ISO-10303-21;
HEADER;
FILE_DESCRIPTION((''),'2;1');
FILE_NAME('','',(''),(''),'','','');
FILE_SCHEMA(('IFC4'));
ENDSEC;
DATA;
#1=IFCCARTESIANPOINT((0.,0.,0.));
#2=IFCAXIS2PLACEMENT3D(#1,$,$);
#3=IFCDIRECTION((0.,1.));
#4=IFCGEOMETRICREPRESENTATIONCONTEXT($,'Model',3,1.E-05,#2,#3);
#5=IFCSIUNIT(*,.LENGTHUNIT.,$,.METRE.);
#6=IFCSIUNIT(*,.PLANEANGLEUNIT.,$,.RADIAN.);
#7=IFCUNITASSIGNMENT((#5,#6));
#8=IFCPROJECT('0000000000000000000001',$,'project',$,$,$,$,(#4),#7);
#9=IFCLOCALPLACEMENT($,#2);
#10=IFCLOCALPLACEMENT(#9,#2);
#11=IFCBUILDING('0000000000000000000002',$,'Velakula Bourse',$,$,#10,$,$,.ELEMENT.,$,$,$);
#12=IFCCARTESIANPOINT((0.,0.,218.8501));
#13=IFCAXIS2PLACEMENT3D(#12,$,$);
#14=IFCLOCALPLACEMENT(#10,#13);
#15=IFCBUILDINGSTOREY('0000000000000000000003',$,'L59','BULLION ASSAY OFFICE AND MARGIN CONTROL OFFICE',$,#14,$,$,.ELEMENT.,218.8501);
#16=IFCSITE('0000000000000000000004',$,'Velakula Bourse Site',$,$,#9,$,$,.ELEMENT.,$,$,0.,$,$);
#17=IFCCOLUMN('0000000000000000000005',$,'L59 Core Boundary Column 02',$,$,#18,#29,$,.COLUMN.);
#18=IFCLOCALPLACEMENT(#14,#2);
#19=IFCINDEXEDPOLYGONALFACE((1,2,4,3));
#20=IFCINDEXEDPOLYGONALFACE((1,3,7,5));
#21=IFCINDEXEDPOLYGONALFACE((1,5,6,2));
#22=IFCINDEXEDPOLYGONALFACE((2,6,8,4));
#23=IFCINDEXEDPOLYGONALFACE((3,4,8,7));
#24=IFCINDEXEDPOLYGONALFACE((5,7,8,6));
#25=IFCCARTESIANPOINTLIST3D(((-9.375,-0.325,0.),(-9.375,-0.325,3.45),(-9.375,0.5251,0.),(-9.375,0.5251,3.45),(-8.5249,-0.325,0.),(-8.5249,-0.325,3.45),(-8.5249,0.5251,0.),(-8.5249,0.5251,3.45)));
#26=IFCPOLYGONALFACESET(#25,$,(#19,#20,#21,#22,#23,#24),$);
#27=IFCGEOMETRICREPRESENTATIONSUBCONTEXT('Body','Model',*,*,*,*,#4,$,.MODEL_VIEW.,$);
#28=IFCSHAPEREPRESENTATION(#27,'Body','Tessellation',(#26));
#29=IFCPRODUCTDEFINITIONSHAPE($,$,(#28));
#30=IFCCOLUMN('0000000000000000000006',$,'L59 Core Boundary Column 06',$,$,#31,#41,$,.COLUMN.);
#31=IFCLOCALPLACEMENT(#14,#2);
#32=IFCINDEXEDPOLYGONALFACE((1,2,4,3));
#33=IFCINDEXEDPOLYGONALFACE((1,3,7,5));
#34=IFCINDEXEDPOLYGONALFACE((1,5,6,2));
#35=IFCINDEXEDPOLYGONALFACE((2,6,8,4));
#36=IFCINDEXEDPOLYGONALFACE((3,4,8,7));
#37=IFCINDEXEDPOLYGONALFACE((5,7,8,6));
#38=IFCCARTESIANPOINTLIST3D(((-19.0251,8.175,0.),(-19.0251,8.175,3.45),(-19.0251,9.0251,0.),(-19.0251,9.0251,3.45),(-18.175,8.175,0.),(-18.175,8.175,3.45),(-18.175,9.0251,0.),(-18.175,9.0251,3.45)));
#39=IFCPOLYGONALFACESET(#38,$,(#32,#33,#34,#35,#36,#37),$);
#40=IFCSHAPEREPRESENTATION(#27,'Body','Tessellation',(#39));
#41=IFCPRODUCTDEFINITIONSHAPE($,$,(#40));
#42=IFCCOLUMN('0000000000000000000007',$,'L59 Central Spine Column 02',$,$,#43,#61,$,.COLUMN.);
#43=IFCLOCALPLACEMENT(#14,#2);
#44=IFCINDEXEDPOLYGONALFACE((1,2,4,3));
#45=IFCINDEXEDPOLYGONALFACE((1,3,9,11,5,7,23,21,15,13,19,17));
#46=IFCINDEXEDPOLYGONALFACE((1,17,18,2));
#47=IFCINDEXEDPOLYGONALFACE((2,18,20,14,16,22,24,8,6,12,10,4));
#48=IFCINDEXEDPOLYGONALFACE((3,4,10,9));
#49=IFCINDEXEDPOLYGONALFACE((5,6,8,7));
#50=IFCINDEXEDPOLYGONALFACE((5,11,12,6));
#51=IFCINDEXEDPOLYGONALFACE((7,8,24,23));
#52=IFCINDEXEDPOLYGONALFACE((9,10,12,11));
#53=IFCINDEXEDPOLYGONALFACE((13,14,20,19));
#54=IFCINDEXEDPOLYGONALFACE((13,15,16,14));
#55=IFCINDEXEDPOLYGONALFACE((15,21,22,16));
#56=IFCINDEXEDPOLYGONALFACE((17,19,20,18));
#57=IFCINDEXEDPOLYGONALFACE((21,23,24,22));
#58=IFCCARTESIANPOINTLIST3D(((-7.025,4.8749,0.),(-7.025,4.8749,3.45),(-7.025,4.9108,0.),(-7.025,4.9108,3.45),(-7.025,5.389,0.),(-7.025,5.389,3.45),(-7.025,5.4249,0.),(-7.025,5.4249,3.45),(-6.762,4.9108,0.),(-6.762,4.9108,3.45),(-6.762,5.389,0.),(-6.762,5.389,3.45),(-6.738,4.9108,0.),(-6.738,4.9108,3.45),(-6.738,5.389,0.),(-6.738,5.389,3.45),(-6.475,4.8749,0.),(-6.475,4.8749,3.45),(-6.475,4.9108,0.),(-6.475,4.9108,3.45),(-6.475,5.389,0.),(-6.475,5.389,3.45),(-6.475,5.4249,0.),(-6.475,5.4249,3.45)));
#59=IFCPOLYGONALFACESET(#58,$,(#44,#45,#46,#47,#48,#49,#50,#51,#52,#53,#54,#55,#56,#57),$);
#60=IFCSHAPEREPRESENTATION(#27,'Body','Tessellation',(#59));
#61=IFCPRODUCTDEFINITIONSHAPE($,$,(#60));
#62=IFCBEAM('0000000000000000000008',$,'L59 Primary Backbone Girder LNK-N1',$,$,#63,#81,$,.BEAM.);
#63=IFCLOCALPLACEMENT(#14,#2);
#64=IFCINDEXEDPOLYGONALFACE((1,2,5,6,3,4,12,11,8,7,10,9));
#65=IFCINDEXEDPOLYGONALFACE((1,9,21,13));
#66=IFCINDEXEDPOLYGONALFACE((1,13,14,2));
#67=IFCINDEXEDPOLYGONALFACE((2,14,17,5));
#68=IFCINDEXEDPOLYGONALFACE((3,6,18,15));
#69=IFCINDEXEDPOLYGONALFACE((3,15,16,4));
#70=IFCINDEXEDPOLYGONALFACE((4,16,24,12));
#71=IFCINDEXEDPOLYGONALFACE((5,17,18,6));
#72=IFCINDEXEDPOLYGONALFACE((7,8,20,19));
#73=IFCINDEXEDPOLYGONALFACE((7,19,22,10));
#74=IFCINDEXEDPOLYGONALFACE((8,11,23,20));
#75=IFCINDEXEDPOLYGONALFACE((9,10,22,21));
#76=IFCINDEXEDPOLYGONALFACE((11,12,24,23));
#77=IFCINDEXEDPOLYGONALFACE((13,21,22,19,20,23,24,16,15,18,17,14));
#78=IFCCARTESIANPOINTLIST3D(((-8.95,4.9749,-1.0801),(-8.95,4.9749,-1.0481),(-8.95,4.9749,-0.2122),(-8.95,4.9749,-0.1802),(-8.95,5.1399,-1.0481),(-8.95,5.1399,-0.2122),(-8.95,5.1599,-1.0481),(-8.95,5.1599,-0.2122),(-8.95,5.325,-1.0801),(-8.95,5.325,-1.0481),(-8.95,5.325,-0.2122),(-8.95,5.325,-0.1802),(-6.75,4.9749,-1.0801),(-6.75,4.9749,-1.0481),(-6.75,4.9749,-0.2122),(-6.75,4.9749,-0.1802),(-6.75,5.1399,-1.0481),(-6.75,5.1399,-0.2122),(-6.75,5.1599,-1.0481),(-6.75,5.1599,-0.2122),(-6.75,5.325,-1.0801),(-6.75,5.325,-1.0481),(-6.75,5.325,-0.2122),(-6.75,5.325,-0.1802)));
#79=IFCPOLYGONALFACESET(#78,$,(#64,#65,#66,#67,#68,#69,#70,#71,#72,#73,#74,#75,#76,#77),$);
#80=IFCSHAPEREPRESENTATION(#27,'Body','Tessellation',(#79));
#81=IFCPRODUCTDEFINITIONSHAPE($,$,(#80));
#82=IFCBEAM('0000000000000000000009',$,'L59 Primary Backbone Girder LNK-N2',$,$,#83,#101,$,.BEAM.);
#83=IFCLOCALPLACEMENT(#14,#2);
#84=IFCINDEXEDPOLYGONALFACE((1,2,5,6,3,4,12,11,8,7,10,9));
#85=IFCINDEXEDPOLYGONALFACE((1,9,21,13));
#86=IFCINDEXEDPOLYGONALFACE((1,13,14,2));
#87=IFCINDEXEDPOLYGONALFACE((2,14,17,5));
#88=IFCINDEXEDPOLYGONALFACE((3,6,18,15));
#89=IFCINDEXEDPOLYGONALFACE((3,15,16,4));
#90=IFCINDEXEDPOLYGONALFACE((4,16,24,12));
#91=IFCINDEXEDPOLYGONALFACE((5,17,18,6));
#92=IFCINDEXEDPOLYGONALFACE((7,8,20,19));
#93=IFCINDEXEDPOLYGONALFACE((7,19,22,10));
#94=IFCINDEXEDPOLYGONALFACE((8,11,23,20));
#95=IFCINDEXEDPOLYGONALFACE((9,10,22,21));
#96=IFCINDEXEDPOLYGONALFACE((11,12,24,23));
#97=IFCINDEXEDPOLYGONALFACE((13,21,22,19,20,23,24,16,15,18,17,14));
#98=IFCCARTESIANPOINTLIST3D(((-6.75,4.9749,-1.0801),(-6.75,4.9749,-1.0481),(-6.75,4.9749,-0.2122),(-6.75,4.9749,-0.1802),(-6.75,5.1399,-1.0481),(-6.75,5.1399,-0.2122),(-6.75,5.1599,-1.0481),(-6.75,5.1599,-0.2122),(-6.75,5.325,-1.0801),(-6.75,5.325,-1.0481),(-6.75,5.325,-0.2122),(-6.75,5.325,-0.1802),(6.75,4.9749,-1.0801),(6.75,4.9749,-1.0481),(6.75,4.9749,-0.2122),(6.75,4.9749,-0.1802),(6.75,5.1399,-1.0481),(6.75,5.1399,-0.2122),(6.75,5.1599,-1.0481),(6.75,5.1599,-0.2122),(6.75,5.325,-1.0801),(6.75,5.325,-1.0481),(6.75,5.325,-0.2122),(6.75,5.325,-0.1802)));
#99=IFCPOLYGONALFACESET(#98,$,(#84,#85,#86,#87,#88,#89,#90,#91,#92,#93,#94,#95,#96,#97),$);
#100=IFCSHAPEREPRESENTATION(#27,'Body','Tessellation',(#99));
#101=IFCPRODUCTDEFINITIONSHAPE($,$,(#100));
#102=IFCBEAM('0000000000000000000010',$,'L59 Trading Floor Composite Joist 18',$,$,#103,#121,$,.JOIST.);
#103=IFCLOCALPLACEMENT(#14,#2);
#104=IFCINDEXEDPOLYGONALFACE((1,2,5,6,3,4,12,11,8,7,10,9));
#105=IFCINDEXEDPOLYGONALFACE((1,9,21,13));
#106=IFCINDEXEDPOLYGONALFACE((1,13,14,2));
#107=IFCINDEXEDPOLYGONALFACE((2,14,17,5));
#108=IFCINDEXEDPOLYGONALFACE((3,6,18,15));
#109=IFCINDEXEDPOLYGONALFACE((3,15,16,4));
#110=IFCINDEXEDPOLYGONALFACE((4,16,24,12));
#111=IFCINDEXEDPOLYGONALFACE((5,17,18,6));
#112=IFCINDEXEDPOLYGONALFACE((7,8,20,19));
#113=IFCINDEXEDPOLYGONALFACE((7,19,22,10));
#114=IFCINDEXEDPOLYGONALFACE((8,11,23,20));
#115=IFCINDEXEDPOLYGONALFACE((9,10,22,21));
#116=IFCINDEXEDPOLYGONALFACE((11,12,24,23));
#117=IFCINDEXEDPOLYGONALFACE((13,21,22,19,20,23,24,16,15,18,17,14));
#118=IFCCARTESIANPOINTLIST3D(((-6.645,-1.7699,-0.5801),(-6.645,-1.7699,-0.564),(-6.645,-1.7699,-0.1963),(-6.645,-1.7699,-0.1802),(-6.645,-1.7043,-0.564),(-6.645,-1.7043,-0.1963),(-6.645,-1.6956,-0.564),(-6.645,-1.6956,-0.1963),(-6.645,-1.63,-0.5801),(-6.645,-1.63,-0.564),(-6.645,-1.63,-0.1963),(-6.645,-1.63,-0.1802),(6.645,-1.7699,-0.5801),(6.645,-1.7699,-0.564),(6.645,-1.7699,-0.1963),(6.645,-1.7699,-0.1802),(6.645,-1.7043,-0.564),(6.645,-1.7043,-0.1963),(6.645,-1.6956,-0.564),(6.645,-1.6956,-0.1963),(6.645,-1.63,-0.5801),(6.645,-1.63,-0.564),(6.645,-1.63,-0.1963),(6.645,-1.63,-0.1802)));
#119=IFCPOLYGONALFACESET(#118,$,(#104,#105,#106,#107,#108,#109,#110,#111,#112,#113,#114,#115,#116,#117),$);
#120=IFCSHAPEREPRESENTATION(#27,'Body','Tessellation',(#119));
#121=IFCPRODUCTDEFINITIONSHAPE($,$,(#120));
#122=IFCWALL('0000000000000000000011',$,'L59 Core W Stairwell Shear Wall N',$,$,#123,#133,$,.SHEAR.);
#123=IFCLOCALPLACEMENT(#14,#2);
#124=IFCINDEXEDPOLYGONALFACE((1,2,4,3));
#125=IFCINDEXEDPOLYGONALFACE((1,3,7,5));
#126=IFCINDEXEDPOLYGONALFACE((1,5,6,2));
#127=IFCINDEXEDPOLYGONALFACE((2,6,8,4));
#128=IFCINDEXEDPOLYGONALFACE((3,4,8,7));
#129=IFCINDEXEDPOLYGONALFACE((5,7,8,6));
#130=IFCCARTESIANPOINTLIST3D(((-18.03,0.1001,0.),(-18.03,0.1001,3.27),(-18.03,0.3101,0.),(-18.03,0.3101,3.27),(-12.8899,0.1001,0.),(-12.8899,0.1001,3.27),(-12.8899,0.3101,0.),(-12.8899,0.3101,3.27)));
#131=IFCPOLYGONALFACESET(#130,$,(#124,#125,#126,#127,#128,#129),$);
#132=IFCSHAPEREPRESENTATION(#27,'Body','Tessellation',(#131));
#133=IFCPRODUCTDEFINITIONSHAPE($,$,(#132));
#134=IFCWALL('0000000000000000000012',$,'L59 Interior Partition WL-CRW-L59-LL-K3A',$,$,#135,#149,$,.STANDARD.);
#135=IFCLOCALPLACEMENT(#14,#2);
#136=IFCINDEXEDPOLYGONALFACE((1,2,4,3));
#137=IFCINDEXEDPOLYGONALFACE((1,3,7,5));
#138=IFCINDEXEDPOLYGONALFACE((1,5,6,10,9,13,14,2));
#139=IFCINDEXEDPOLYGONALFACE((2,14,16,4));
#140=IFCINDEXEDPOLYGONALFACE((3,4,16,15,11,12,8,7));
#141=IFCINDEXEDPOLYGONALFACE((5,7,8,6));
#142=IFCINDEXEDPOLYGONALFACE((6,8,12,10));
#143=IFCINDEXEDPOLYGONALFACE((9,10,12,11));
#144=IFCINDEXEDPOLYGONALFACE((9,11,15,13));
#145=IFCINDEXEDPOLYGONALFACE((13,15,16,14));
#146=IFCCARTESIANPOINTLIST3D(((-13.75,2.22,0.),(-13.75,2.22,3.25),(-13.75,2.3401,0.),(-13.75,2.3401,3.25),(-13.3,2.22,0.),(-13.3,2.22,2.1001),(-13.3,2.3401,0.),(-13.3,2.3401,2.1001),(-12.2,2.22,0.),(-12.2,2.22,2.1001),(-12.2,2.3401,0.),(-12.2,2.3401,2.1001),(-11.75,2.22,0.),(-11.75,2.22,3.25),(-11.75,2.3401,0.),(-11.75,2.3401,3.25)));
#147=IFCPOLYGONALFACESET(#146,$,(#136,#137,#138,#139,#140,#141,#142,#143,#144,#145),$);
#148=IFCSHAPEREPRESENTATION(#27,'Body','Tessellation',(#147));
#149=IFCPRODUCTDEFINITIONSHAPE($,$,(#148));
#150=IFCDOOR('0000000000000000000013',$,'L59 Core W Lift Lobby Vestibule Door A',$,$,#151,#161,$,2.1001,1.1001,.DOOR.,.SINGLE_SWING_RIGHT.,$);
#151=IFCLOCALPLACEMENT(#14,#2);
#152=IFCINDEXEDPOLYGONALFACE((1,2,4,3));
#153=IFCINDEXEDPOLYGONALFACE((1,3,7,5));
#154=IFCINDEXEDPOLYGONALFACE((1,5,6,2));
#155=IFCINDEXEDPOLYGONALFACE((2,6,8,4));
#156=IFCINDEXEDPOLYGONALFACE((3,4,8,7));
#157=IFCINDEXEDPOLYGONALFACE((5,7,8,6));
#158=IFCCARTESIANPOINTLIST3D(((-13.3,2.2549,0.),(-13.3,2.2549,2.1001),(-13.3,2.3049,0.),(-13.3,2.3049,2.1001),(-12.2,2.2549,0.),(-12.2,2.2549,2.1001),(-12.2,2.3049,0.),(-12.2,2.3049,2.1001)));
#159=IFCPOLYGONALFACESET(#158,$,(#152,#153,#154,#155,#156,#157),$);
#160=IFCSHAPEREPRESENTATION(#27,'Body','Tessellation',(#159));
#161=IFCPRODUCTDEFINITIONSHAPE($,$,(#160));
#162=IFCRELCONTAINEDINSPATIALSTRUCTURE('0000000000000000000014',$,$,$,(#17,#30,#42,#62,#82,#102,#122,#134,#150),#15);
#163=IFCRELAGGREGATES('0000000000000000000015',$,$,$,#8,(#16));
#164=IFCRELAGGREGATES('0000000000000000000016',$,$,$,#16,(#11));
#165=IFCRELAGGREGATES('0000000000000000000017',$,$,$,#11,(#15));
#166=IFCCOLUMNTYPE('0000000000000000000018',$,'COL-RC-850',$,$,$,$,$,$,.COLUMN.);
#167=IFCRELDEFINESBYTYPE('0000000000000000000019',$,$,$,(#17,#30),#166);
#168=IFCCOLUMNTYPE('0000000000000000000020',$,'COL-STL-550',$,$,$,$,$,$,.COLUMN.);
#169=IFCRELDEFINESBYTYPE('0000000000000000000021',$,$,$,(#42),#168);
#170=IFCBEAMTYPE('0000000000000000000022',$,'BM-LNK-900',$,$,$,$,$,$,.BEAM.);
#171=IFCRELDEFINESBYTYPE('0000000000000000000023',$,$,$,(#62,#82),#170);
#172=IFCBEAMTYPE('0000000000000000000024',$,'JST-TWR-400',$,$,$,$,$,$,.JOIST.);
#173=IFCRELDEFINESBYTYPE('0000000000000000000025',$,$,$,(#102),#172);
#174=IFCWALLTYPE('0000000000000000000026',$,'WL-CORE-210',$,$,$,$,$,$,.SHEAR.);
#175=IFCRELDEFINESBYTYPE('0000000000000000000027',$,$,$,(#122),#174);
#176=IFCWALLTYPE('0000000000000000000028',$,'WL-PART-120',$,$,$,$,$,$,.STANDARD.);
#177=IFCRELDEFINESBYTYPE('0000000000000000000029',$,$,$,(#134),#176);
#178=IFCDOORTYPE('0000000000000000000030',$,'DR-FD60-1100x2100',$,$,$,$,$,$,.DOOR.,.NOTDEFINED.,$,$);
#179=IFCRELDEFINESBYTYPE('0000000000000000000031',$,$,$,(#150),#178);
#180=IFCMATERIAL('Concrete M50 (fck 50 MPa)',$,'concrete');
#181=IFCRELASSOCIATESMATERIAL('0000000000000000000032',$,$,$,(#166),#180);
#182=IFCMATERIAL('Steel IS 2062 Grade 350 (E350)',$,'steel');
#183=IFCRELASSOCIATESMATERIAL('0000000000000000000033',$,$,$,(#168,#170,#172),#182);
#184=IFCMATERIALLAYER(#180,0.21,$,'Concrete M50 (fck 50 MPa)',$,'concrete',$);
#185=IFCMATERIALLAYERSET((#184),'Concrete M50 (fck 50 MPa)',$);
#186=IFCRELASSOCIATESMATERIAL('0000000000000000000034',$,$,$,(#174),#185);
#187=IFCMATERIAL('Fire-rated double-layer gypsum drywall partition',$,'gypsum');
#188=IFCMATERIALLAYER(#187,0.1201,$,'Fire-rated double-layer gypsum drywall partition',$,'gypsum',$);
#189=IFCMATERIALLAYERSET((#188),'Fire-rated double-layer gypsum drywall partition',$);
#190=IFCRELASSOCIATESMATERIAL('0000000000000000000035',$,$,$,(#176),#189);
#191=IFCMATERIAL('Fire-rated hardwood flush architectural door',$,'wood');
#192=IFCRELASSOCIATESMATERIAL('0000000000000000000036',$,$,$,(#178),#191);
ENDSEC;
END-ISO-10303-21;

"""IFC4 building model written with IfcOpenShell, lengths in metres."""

from ifc_helpers import new_model, si_unit, direction, frame, frame_2d, origin, origin_2d, place, context, subcontext, project, spatial, rectangle, i_section, extrude, material, layer, layer_set, material_profile, profile_set, type_object, element, fill, save


model = new_model("IFC4")

# Units and contexts
model_context = context("Model", 3, precision=1e-05, world=origin(), true_north=direction((0.0, 1.0)))
body_context = subcontext(model_context, "Body", "Model", "MODEL_VIEW")
ifc_project = project(units=[si_unit("LENGTHUNIT", "METRE"), si_unit("PLANEANGLEUNIT", "RADIAN")], contexts=[model_context])

# Site, building, storey
site_placement = place(None, origin())
site = spatial("IfcSite", under=ifc_project, at=site_placement, Name="Velakula Bourse Site", CompositionType="ELEMENT", RefElevation=0.0)
building_placement = place(site_placement, origin())
building = spatial("IfcBuilding", under=site, at=building_placement, Name="Velakula Bourse", CompositionType="ELEMENT")
storey_placement = place(building_placement, frame((0.0, 0.0, 218.8501)))
storey = spatial("IfcBuildingStorey", under=building, at=storey_placement, Name="L59", Description="BULLION ASSAY OFFICE AND MARGIN CONTROL OFFICE", CompositionType="ELEMENT", Elevation=218.8501)

# Columns
ifc_material_1 = material(Name="Concrete M50 (fck 50 MPa)", Category="concrete")
ifc_material_profile_1 = material_profile(ifc_material_1, rectangle(XDim=0.8501, YDim=0.8501, at=origin_2d()), Name="Concrete M50 (fck 50 MPa)")
ifc_profile_set_1 = profile_set([ifc_material_profile_1], Name="Concrete M50 (fck 50 MPa)")
column_type_1 = type_object("IfcColumnType", Name="COL-RC-850", PredefinedType="COLUMN", material=ifc_profile_set_1)
for number, where, z_axis, x_axis, name in (
    (1, (-8.95, 0.1001, 0.0), (0.0, 0.0, 1.0), (1.0, 0.0, 0.0), "L59 Core Boundary Column 02"),
    (2, (-18.6001, 8.6001, 0.0), (0.0, 0.0, 1.0), (1.0, 0.0, 0.0), "L59 Core Boundary Column 06"),
):
    element("IfcColumn", number, at=place(storey_placement, frame(where, z_axis=z_axis, x_axis=x_axis)), inside=storey, type_object=column_type_1, Name=name, PredefinedType="COLUMN", context=body_context, shape_type="SweptSolid", body=[
        extrude(rectangle(XDim=0.8501, YDim=0.8501, at=origin_2d()), origin(), (0.0, 0.0, 1.0), 3.45),
    ])
ifc_material_2 = material(Name="Steel IS 2062 Grade 350 (E350)", Category="steel")
ifc_material_profile_2 = material_profile(ifc_material_2, i_section(OverallWidth=0.55, OverallDepth=0.55, WebThickness=0.0239, FlangeThickness=0.0359, at=origin_2d()), Name="Steel IS 2062 Grade 350 (E350)")
ifc_profile_set_2 = profile_set([ifc_material_profile_2], Name="Steel IS 2062 Grade 350 (E350)")
column_type_2 = type_object("IfcColumnType", Name="COL-STL-550", PredefinedType="COLUMN", material=ifc_profile_set_2)
column_placement = place(storey_placement, frame((-6.75, 5.1499, 0.0), z_axis=(0.0, 0.0, 1.0), x_axis=(1.0, 0.0, 0.0)))
element("IfcColumn", 3, at=column_placement, inside=storey, type_object=column_type_2, Name="L59 Central Spine Column 02", PredefinedType="COLUMN", context=body_context, shape_type="SweptSolid", body=[
    extrude(i_section(OverallWidth=0.55, OverallDepth=0.55, WebThickness=0.0239, FlangeThickness=0.0359, at=origin_2d()), origin(), (0.0, 0.0, 1.0), 3.45),
])

# Beams
ifc_material_profile_3 = material_profile(ifc_material_2, i_section(OverallWidth=0.3501, OverallDepth=0.8999, WebThickness=0.02, FlangeThickness=0.032, at=origin_2d()), Name="Steel IS 2062 Grade 350 (E350)")
ifc_profile_set_3 = profile_set([ifc_material_profile_3], Name="Steel IS 2062 Grade 350 (E350)")
beam_type_1 = type_object("IfcBeamType", Name="BM-LNK-900", PredefinedType="BEAM", material=ifc_profile_set_3)
beam_1_placement = place(storey_placement, frame((-8.95, 5.1499, -0.6301), z_axis=(1.0, 0.0, 0.0), x_axis=(0.0, 1.0, 0.0)))
element("IfcBeam", 4, at=beam_1_placement, inside=storey, type_object=beam_type_1, Name="L59 Primary Backbone Girder LNK-N1", PredefinedType="BEAM", context=body_context, shape_type="SweptSolid", body=[
    extrude(i_section(OverallWidth=0.3501, OverallDepth=0.8999, WebThickness=0.02, FlangeThickness=0.032, at=origin_2d()), origin(), (0.0, 0.0, 1.0), 2.2),
])
beam_2_placement = place(storey_placement, frame((-6.75, 5.1499, -0.6301), z_axis=(1.0, 0.0, 0.0), x_axis=(0.0, 1.0, 0.0)))
element("IfcBeam", 5, at=beam_2_placement, inside=storey, type_object=beam_type_1, Name="L59 Primary Backbone Girder LNK-N2", PredefinedType="BEAM", context=body_context, shape_type="SweptSolid", body=[
    extrude(i_section(OverallWidth=0.3501, OverallDepth=0.8999, WebThickness=0.02, FlangeThickness=0.032, at=origin_2d()), origin(), (0.0, 0.0, 1.0), 13.5),
])
ifc_material_profile_4 = material_profile(ifc_material_2, i_section(OverallWidth=0.1399, OverallDepth=0.3999, WebThickness=0.0088, FlangeThickness=0.0161, at=origin_2d()), Name="Steel IS 2062 Grade 350 (E350)")
ifc_profile_set_4 = profile_set([ifc_material_profile_4], Name="Steel IS 2062 Grade 350 (E350)")
beam_type_2 = type_object("IfcBeamType", Name="JST-TWR-400", PredefinedType="JOIST", material=ifc_profile_set_4)
beam_3_placement = place(storey_placement, frame((-6.645, -1.7, -0.3801), z_axis=(1.0, 0.0, 0.0), x_axis=(0.0, 1.0, 0.0)))
element("IfcBeam", 6, at=beam_3_placement, inside=storey, type_object=beam_type_2, Name="L59 Trading Floor Composite Joist 18", PredefinedType="JOIST", context=body_context, shape_type="SweptSolid", body=[
    extrude(i_section(OverallWidth=0.1399, OverallDepth=0.3999, WebThickness=0.0088, FlangeThickness=0.0161, at=origin_2d()), origin(), (0.0, 0.0, 1.0), 13.29),
])

# Wall
ifc_layer_1 = layer(ifc_material_1, 0.21, Name="Concrete M50 (fck 50 MPa)", Category="concrete")
ifc_layer_set_1 = layer_set([ifc_layer_1], Name="Concrete M50 (fck 50 MPa)")
wall_type_1 = type_object("IfcWallType", Name="WL-CORE-210", PredefinedType="SHEAR", material=ifc_layer_set_1)
wall_1_placement = place(storey_placement, frame((-12.8899, 0.2051, 0.0), z_axis=(0.0, 0.0, 1.0), x_axis=(-1.0, 0.0, 0.0)))
element("IfcWall", 7, at=wall_1_placement, inside=storey, type_object=wall_type_1, Name="L59 Core W Stairwell Shear Wall N", PredefinedType="SHEAR", context=body_context, shape_type="SweptSolid", body=[
    extrude(rectangle(XDim=5.1401, YDim=0.21, at=frame_2d((2.5701, 0.0))), origin(), (0.0, 0.0, 1.0), 3.27),
])

# Wall, opening, door
ifc_material_3 = material(Name="Fire-rated double-layer gypsum drywall partition", Category="gypsum")
ifc_layer_2 = layer(ifc_material_3, 0.1201, Name="Fire-rated double-layer gypsum drywall partition", Category="gypsum")
ifc_layer_set_2 = layer_set([ifc_layer_2], Name="Fire-rated double-layer gypsum drywall partition")
wall_type_2 = type_object("IfcWallType", Name="WL-PART-120", PredefinedType="STANDARD", material=ifc_layer_set_2)
wall_2_placement = place(storey_placement, frame((-13.75, 2.28, 0.0), z_axis=(0.0, 0.0, 1.0), x_axis=(1.0, 0.0, 0.0)))
wall_2 = element("IfcWall", 8, at=wall_2_placement, inside=storey, type_object=wall_type_2, Name="L59 Interior Partition WL-CRW-L59-LL-K3A", PredefinedType="STANDARD", context=body_context, shape_type="SweptSolid", body=[
    extrude(rectangle(XDim=2.0, YDim=0.1201, at=frame_2d((1.0, 0.0))), origin(), (0.0, 0.0, 1.0), 3.25),
])
opening_1_placement = place(wall_2_placement, frame((0.45, 0.0, 0.0)))
opening_1 = element("IfcOpeningElement", 9, at=opening_1_placement, cuts=wall_2, PredefinedType="OPENING", context=body_context, shape_type="SweptSolid", body=[
    extrude(rectangle(XDim=1.1001, YDim=2.1001, at=frame_2d((0.55, 1.05))), frame((0.0, 0.0701, 0.0), z_axis=(0.0, -1.0, 0.0), x_axis=(1.0, 0.0, 0.0)), (0.0, 0.0, 1.0), 0.1401),
])
ifc_material_4 = material(Name="Fire-rated hardwood flush architectural door", Category="wood")
door_type_1 = type_object("IfcDoorType", Name="DR-FD60-1100x2100", OperationType="NOTDEFINED", PredefinedType="DOOR", material=ifc_material_4)
door_1_placement = place(opening_1_placement, origin())
door_1 = element("IfcDoor", 10, at=door_1_placement, inside=storey, type_object=door_type_1, Name="L59 Core W Lift Lobby Vestibule Door A", OperationType="SINGLE_SWING_RIGHT", OverallHeight=2.1001, OverallWidth=1.1001, PredefinedType="DOOR", context=body_context, shape_type="SweptSolid", body=[
    extrude(rectangle(XDim=1.1001, YDim=2.1001, at=frame_2d((0.55, 1.05))), frame((0.0, 0.0249, 0.0), z_axis=(0.0, -1.0, 0.0), x_axis=(1.0, 0.0, 0.0)), (0.0, 0.0, 1.0), 0.05),
])
fill(opening_1, door_1)

save(model, "model.ifc")
